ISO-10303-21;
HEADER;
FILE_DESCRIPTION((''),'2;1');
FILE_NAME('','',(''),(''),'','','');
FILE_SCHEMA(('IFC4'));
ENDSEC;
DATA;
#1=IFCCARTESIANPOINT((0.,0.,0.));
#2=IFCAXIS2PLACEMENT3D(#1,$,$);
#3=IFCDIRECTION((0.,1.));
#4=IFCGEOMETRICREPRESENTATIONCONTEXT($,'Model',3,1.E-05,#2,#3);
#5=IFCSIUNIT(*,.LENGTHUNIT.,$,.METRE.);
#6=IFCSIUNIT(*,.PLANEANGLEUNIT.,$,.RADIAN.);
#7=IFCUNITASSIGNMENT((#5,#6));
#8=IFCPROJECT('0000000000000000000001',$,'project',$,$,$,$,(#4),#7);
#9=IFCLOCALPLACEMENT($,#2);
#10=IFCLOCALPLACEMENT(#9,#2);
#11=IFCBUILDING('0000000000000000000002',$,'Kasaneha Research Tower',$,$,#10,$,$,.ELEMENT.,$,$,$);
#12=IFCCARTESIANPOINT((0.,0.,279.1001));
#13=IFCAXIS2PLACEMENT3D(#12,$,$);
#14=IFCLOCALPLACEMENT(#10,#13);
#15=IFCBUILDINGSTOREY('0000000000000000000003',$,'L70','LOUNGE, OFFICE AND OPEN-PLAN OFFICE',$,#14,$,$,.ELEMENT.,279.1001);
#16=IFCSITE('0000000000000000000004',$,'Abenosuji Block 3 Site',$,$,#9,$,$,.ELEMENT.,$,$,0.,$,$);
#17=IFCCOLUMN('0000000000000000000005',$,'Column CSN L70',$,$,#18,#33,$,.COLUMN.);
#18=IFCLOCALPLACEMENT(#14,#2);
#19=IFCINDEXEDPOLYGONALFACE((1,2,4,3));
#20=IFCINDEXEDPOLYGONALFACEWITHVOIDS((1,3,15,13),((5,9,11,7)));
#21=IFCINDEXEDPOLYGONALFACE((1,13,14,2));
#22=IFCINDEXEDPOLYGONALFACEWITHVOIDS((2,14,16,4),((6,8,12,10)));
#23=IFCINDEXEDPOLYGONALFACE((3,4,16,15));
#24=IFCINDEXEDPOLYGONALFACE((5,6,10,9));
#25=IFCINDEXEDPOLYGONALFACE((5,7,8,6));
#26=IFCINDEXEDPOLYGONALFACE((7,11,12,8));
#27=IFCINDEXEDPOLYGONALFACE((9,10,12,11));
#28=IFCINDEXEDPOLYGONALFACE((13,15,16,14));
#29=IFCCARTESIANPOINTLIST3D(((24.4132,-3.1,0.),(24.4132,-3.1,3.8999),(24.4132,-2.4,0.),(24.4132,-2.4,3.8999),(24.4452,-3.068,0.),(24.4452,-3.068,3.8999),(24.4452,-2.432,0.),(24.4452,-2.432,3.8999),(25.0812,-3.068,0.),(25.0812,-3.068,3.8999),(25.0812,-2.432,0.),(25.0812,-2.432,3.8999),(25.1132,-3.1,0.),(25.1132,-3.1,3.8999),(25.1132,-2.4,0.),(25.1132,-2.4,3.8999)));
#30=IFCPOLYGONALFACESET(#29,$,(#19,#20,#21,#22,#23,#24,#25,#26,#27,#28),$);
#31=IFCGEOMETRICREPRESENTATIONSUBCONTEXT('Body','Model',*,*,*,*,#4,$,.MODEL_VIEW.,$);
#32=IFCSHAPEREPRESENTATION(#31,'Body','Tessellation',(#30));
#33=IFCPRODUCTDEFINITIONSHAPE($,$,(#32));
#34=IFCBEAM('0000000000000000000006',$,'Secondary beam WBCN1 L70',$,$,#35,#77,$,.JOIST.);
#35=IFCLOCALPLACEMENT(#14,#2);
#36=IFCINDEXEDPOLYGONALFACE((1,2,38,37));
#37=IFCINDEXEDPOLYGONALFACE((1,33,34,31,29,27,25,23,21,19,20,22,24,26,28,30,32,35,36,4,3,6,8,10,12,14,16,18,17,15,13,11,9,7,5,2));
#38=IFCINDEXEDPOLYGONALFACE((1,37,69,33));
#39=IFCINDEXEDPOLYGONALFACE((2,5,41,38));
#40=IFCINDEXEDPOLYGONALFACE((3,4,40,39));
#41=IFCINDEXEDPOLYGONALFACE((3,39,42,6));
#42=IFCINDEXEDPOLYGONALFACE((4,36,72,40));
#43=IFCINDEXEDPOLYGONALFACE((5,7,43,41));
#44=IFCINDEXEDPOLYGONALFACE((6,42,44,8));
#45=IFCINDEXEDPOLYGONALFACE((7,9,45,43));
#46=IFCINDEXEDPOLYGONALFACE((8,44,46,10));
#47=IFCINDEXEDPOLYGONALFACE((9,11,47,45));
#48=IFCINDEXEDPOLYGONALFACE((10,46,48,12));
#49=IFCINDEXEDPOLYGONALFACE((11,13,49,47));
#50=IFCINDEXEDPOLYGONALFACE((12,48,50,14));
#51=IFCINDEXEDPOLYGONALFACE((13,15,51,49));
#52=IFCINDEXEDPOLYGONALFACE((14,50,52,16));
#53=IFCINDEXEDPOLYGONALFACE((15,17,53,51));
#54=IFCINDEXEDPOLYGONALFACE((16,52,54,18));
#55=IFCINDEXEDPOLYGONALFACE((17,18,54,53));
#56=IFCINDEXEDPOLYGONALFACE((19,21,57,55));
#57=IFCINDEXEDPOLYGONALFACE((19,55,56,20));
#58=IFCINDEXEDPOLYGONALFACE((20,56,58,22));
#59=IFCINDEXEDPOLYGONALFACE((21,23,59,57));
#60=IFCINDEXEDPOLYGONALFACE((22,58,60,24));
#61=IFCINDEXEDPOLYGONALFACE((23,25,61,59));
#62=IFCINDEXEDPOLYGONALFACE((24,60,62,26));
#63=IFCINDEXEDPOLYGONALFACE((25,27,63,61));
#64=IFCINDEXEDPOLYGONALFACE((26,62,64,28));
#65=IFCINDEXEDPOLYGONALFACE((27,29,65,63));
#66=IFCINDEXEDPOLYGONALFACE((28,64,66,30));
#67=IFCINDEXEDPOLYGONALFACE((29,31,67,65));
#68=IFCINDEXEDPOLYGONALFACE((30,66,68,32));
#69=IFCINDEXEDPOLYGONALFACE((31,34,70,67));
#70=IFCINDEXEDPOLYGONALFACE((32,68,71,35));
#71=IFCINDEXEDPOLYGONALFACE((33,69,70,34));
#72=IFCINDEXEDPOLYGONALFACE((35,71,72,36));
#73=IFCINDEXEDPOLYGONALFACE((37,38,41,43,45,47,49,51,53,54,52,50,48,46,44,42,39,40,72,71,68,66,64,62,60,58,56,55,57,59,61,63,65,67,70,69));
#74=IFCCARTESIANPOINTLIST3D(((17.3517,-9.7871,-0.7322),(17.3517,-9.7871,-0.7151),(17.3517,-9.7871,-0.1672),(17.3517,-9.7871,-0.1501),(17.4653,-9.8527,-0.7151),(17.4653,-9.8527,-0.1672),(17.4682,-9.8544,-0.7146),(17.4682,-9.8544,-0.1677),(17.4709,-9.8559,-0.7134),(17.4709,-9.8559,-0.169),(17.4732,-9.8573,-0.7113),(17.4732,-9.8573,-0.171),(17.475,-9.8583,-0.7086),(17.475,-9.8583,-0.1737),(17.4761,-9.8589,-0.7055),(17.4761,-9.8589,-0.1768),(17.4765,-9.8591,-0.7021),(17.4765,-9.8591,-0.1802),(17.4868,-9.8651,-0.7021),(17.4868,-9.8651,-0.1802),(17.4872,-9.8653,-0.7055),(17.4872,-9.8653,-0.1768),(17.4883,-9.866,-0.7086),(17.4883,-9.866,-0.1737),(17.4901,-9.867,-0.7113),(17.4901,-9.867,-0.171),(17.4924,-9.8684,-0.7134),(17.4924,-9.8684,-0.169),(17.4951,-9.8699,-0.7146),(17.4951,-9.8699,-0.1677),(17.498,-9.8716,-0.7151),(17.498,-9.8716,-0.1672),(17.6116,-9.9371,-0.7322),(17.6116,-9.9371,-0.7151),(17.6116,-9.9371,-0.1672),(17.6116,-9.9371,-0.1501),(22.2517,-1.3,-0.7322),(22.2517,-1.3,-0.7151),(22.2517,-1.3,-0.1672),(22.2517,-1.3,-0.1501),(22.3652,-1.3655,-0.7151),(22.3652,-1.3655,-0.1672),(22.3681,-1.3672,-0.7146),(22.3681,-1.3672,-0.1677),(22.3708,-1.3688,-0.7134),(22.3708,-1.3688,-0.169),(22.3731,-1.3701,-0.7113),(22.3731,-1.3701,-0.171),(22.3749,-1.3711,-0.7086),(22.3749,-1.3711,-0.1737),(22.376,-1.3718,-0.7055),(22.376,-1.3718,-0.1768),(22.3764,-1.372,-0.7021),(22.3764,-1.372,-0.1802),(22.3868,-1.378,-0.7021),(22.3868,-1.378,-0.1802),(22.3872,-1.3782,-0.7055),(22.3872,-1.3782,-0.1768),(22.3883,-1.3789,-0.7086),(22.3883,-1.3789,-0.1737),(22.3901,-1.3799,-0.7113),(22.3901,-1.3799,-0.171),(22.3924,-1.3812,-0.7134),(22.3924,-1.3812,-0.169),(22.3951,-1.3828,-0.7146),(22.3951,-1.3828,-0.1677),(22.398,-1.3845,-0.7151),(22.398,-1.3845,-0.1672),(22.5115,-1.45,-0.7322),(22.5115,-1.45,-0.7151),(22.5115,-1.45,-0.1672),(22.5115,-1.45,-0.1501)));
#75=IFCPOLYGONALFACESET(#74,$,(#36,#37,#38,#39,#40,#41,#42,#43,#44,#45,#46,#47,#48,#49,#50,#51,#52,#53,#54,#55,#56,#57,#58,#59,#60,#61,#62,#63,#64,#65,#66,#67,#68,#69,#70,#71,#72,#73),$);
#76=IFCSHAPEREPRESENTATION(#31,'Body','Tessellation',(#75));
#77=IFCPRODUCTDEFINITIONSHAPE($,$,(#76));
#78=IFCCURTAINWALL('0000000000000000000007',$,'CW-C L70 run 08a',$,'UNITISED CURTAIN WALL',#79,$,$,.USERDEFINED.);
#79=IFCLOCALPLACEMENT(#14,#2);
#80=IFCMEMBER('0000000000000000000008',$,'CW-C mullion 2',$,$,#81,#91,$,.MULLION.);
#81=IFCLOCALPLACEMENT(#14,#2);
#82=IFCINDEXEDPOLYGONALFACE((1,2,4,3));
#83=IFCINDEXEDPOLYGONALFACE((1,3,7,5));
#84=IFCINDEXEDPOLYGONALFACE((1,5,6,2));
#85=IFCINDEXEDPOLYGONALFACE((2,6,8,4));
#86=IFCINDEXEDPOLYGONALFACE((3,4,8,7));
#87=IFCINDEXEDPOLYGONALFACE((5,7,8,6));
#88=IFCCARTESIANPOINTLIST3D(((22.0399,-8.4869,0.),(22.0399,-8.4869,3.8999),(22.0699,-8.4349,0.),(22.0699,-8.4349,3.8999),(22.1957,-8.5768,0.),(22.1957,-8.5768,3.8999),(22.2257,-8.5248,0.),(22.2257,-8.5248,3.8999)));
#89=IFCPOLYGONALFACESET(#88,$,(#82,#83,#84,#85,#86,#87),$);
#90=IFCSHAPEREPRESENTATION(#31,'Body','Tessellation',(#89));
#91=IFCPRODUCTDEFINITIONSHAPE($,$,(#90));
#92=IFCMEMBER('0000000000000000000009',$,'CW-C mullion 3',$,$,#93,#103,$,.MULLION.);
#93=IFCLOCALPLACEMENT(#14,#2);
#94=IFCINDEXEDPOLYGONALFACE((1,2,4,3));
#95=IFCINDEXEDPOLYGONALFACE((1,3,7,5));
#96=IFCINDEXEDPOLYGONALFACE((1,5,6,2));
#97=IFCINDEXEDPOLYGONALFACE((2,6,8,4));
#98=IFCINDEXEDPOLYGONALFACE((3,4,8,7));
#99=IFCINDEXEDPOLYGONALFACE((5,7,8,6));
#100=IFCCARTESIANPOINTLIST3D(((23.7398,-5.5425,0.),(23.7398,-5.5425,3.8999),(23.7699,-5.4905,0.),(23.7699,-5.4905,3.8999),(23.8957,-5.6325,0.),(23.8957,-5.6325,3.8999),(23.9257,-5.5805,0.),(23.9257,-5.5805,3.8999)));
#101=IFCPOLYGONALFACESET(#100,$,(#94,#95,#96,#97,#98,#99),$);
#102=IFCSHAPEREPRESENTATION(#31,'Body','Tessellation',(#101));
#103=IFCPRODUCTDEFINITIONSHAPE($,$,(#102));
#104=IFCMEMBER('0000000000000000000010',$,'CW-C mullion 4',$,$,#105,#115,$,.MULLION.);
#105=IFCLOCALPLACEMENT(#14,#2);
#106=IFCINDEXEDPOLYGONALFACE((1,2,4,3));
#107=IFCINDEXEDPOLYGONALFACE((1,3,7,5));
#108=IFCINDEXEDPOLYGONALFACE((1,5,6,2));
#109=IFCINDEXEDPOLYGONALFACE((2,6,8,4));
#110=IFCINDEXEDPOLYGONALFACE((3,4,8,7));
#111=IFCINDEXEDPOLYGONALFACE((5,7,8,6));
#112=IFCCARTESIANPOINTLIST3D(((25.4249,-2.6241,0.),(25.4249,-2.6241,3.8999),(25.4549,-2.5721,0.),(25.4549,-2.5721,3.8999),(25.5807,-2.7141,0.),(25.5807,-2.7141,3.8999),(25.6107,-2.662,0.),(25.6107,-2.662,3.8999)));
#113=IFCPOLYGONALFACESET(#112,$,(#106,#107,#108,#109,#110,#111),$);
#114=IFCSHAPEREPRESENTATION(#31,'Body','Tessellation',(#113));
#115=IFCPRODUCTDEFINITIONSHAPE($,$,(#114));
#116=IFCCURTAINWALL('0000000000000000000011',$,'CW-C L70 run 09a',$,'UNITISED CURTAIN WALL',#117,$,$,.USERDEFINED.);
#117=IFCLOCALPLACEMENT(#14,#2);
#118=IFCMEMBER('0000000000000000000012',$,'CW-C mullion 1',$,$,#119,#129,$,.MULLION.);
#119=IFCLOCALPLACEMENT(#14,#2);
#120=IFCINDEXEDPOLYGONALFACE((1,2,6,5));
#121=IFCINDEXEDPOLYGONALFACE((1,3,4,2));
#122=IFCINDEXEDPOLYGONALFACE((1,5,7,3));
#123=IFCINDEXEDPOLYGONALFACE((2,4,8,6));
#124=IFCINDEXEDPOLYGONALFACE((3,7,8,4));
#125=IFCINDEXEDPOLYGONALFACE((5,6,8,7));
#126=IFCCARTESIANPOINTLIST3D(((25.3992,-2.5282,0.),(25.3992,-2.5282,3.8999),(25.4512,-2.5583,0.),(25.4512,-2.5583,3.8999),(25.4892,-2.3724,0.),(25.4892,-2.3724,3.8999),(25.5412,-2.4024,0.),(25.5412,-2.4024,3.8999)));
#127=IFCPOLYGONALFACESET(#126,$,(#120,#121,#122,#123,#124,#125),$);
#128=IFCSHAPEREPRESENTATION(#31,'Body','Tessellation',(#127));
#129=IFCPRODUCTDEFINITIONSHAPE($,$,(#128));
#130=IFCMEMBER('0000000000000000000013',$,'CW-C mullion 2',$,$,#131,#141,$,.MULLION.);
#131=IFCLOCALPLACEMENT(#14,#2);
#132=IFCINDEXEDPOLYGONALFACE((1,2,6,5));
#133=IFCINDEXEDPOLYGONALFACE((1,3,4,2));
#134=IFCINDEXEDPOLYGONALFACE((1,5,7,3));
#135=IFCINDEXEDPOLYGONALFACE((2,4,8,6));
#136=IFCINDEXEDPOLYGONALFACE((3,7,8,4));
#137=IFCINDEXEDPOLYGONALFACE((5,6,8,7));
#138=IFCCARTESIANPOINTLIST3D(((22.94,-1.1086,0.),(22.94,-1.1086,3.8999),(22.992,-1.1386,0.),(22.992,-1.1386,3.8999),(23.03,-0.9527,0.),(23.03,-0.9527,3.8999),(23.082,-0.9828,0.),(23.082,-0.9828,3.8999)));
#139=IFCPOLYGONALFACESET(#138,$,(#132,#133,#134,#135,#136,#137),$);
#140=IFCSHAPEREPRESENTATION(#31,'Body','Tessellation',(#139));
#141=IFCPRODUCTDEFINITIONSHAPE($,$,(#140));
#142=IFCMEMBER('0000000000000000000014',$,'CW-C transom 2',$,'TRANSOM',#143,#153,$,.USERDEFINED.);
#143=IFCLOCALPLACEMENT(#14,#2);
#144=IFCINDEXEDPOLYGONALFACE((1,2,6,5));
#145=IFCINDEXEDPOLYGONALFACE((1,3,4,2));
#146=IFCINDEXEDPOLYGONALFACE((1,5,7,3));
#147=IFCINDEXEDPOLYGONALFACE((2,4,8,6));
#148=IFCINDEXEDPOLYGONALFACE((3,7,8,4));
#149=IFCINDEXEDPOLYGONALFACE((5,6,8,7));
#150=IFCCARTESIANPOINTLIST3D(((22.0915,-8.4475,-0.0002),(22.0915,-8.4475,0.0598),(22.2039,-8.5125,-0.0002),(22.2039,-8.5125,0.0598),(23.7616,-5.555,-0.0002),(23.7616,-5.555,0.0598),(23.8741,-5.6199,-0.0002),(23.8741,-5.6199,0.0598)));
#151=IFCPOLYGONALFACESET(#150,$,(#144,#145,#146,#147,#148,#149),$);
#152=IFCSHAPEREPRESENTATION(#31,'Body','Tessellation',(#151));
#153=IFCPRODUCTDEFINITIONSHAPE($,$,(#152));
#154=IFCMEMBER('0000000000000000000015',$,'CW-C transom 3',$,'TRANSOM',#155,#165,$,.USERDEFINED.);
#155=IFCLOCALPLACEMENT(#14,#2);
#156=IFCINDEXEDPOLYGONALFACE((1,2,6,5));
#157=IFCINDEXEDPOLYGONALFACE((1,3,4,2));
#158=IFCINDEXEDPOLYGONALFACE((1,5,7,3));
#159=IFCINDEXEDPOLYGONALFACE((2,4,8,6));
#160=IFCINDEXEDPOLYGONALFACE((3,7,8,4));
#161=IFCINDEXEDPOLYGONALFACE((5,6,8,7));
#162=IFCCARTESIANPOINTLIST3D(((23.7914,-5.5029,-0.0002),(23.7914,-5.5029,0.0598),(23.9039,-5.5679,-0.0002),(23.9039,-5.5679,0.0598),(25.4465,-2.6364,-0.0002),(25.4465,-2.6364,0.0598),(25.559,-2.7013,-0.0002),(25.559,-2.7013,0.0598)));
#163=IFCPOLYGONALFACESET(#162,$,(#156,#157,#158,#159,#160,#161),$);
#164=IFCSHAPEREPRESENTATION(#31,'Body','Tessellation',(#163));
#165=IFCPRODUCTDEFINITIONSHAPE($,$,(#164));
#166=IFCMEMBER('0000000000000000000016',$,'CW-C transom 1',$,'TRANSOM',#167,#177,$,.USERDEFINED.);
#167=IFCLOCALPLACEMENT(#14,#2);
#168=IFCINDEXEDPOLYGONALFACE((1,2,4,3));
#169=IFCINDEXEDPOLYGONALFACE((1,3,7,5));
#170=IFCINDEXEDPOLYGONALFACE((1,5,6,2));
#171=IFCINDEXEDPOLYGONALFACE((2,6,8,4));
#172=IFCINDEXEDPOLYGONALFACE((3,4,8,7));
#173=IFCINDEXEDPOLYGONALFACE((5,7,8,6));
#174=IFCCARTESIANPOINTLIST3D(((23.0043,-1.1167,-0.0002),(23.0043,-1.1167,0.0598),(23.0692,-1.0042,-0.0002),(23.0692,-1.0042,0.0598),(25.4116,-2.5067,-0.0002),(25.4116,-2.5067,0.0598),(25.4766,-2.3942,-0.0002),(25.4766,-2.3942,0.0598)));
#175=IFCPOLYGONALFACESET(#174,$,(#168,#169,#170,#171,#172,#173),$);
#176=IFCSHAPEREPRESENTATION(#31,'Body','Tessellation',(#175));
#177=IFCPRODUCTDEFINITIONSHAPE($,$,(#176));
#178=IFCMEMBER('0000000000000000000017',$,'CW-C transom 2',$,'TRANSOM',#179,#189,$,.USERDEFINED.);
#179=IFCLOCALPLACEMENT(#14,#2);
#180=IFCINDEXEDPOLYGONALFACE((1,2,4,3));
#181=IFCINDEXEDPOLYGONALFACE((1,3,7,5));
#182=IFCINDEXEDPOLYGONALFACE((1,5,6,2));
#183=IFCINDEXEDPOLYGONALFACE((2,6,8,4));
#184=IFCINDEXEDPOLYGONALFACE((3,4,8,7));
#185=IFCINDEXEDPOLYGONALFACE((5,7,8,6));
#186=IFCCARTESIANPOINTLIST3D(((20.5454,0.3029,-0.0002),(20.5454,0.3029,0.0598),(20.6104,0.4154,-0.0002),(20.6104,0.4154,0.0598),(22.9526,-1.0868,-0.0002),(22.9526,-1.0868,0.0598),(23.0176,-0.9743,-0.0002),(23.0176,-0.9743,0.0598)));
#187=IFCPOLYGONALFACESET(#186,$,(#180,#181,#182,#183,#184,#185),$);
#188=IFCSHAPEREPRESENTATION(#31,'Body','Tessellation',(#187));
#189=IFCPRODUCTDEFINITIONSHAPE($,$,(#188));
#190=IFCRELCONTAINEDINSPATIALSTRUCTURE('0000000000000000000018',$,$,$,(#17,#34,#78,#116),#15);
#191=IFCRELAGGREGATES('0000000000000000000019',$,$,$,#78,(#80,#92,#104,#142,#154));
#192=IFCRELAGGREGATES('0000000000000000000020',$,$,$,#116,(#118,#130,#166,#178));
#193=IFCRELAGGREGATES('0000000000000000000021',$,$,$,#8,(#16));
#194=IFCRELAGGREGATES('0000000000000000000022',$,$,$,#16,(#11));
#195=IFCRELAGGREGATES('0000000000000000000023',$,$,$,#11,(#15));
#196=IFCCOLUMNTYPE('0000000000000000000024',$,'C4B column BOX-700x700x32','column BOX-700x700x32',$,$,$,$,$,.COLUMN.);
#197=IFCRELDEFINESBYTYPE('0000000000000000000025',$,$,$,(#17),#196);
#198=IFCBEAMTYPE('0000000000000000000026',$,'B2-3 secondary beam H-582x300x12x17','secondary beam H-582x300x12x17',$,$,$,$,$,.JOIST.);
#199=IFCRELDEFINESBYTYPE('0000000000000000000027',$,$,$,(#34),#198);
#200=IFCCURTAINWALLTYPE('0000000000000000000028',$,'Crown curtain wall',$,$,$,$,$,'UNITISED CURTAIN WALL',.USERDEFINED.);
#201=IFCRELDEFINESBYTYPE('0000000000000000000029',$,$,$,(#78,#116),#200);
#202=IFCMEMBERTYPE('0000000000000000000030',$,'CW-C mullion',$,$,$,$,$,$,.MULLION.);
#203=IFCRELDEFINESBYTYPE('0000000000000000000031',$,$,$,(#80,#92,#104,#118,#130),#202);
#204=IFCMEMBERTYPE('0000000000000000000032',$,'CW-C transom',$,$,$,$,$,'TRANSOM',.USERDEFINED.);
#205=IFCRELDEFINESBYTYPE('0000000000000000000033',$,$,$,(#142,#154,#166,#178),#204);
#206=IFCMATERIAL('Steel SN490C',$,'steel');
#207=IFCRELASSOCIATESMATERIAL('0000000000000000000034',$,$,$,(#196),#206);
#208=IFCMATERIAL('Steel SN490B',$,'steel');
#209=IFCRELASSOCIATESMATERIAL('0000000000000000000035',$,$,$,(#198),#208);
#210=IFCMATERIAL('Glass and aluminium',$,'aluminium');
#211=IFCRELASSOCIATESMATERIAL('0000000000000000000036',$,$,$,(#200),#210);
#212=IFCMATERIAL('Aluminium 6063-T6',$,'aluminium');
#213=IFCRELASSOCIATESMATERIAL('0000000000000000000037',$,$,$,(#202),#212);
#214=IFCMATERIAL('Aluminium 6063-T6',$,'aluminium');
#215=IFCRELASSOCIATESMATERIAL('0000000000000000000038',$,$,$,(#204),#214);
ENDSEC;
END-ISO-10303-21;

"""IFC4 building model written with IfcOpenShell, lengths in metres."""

from ifc_helpers import new_model, si_unit, direction, frame, origin, origin_2d, place, context, subcontext, project, spatial, rectangle, hollow_rectangle, i_section, extrude, material, material_profile, profile_set, type_object, element, aggregate, save


model = new_model("IFC4")

# Units and contexts
model_context = context("Model", 3, precision=1e-05, world=origin(), true_north=direction((0.0, 1.0)))
body_context = subcontext(model_context, "Body", "Model", "MODEL_VIEW")
ifc_project = project(units=[si_unit("LENGTHUNIT", "METRE"), si_unit("PLANEANGLEUNIT", "RADIAN")], contexts=[model_context])

# Site, building, storey
site_placement = place(None, origin())
site = spatial("IfcSite", under=ifc_project, at=site_placement, Name="Abenosuji Block 3 Site", CompositionType="ELEMENT", RefElevation=0.0)
building_placement = place(site_placement, origin())
building = spatial("IfcBuilding", under=site, at=building_placement, Name="Kasaneha Research Tower", CompositionType="ELEMENT")
storey_placement = place(building_placement, frame((0.0, 0.0, 279.1001)))
storey = spatial("IfcBuildingStorey", under=building, at=storey_placement, Name="L70", Description="LOUNGE, OFFICE AND OPEN-PLAN OFFICE", CompositionType="ELEMENT", Elevation=279.1001)

# Column
ifc_material_1 = material(Name="Steel SN490C", Category="steel")
ifc_material_profile_1 = material_profile(ifc_material_1, hollow_rectangle(XDim=0.7, YDim=0.7, WallThickness=0.032, at=origin_2d()), Name="BOX-700x700x32")
ifc_profile_set_1 = profile_set([ifc_material_profile_1], Name="Steel SN490C")
column_type = type_object("IfcColumnType", Name="C4B column BOX-700x700x32", Description="column BOX-700x700x32", PredefinedType="COLUMN", material=ifc_profile_set_1)
column_placement = place(storey_placement, frame((24.7632, -2.75, 0.0), z_axis=(0.0, 0.0, 1.0), x_axis=(1.0, 0.0, 0.0)))
element("IfcColumn", 1, at=column_placement, inside=storey, type_object=column_type, Name="Column CSN L70", PredefinedType="COLUMN", context=body_context, shape_type="SweptSolid", body=[
    extrude(hollow_rectangle(XDim=0.7, YDim=0.7, WallThickness=0.032, at=origin_2d()), origin(), (0.0, 0.0, 1.0), 3.8999),
])

# Beam
ifc_material_2 = material(Name="Steel SN490B", Category="steel")
ifc_material_profile_2 = material_profile(ifc_material_2, i_section(OverallWidth=0.3, OverallDepth=0.582, WebThickness=0.012, FlangeThickness=0.0171, FilletRadius=0.0129, at=origin_2d()), Name="H-582x300x12x17")
ifc_profile_set_2 = profile_set([ifc_material_profile_2], Name="Steel SN490B")
beam_type_1 = type_object("IfcBeamType", Name="B2-3 secondary beam H-582x300x12x17", Description="secondary beam H-582x300x12x17", PredefinedType="JOIST", material=ifc_profile_set_2)
beam_1_placement = place(storey_placement, frame((22.3816, -1.375, -0.4412), z_axis=(-0.499992, -0.86603, 0.0), x_axis=(0.86603, -0.499992, 0.0)))
element("IfcBeam", 2, at=beam_1_placement, inside=storey, type_object=beam_type_1, Name="Secondary beam WBCN1 L70", PredefinedType="JOIST", context=body_context, shape_type="SweptSolid", body=[
    extrude(i_section(OverallWidth=0.3, OverallDepth=0.582, WebThickness=0.012, FlangeThickness=0.0171, FilletRadius=0.0129, at=origin_2d()), origin(), (0.0, 0.0, 1.0), 9.8),
])

# Curtain walls, members
ifc_material_3 = material(Name="Glass and aluminium", Category="aluminium")
curtain_wall_type = type_object("IfcCurtainWallType", Name="Crown curtain wall", ElementType="UNITISED CURTAIN WALL", PredefinedType="USERDEFINED", material=ifc_material_3)
curtain_wall_1_placement = place(storey_placement, origin())
curtain_wall_1 = element("IfcCurtainWall", 3, at=curtain_wall_1_placement, inside=storey, type_object=curtain_wall_type, Name="CW-C L70 run 08a", ObjectType="UNITISED CURTAIN WALL", PredefinedType="USERDEFINED")
ifc_material_4 = material(Name="Aluminium 6063-T6", Category="aluminium")
ifc_material_profile_3 = material_profile(ifc_material_4, rectangle(XDim=0.0601, YDim=0.1799, at=origin_2d()), Name="CW-C mullion 60x180")
ifc_profile_set_3 = profile_set([ifc_material_profile_3], Name="Aluminium 6063-T6")
member_type_1 = type_object("IfcMemberType", Name="CW-C mullion", PredefinedType="MULLION", material=ifc_profile_set_3)
member_1_placement = place(storey_placement, frame((22.1328, -8.5059, 0.0), z_axis=(0.0, 0.0, 1.0), x_axis=(0.5, 0.866025, 0.0)))
member_1 = element("IfcMember", 4, at=member_1_placement, type_object=member_type_1, Name="CW-C mullion 2", PredefinedType="MULLION", context=body_context, shape_type="SweptSolid", body=[
    extrude(rectangle(XDim=0.0601, YDim=0.1799, at=origin_2d()), origin(), (0.0, 0.0, 1.0), 3.8999),
])
member_2_placement = place(storey_placement, frame((23.8328, -5.5615, 0.0), z_axis=(0.0, 0.0, 1.0), x_axis=(0.5, 0.866025, 0.0)))
member_2 = element("IfcMember", 5, at=member_2_placement, type_object=member_type_1, Name="CW-C mullion 3", PredefinedType="MULLION", context=body_context, shape_type="SweptSolid", body=[
    extrude(rectangle(XDim=0.0601, YDim=0.1799, at=origin_2d()), origin(), (0.0, 0.0, 1.0), 3.8999),
])
member_3_placement = place(storey_placement, frame((25.5178, -2.6431, 0.0), z_axis=(0.0, 0.0, 1.0), x_axis=(0.5, 0.866025, 0.0)))
member_3 = element("IfcMember", 6, at=member_3_placement, type_object=member_type_1, Name="CW-C mullion 4", PredefinedType="MULLION", context=body_context, shape_type="SweptSolid", body=[
    extrude(rectangle(XDim=0.0601, YDim=0.1799, at=origin_2d()), origin(), (0.0, 0.0, 1.0), 3.8999),
])
curtain_wall_2_placement = place(storey_placement, origin())
curtain_wall_2 = element("IfcCurtainWall", 7, at=curtain_wall_2_placement, inside=storey, type_object=curtain_wall_type, Name="CW-C L70 run 09a", ObjectType="UNITISED CURTAIN WALL", PredefinedType="USERDEFINED")
member_4_placement = place(storey_placement, frame((25.4702, -2.4653, 0.0), z_axis=(0.0, 0.0, 1.0), x_axis=(-0.866025, 0.5, 0.0)))
member_4 = element("IfcMember", 8, at=member_4_placement, type_object=member_type_1, Name="CW-C mullion 1", PredefinedType="MULLION", context=body_context, shape_type="SweptSolid", body=[
    extrude(rectangle(XDim=0.0601, YDim=0.1799, at=origin_2d()), origin(), (0.0, 0.0, 1.0), 3.8999),
])
member_5_placement = place(storey_placement, frame((23.011, -1.0457, 0.0), z_axis=(0.0, 0.0, 1.0), x_axis=(-0.866025, 0.5, 0.0)))
member_5 = element("IfcMember", 9, at=member_5_placement, type_object=member_type_1, Name="CW-C mullion 2", PredefinedType="MULLION", context=body_context, shape_type="SweptSolid", body=[
    extrude(rectangle(XDim=0.0601, YDim=0.1799, at=origin_2d()), origin(), (0.0, 0.0, 1.0), 3.8999),
])

# Members
ifc_material_5 = material(Name="Aluminium 6063-T6", Category="aluminium")
ifc_material_profile_4 = material_profile(ifc_material_5, rectangle(XDim=0.1299, YDim=0.0601, at=origin_2d()), Name="CW-C transom 130x60")
ifc_profile_set_4 = profile_set([ifc_material_profile_4], Name="Aluminium 6063-T6")
member_type_2 = type_object("IfcMemberType", Name="CW-C transom", ElementType="TRANSOM", PredefinedType="USERDEFINED", material=ifc_profile_set_4)
member_6_placement = place(storey_placement, frame((22.1477, -8.48, 0.0298), z_axis=(0.50003, 0.866008, 0.0), x_axis=(-0.866008, 0.50003, 0.0)))
member_6 = element("IfcMember", 10, at=member_6_placement, type_object=member_type_2, Name="CW-C transom 2", ObjectType="TRANSOM", PredefinedType="USERDEFINED", context=body_context, shape_type="SweptSolid", body=[
    extrude(rectangle(XDim=0.1299, YDim=0.0601, at=origin_2d()), origin(), (0.0, 0.0, 1.0), 3.3401),
])
member_7_placement = place(storey_placement, frame((23.8477, -5.5354, 0.0298), z_axis=(0.500018, 0.866015, 0.0), x_axis=(-0.866015, 0.500018, 0.0)))
member_7 = element("IfcMember", 11, at=member_7_placement, type_object=member_type_2, Name="CW-C transom 3", ObjectType="TRANSOM", PredefinedType="USERDEFINED", context=body_context, shape_type="SweptSolid", body=[
    extrude(rectangle(XDim=0.1299, YDim=0.0601, at=origin_2d()), origin(), (0.0, 0.0, 1.0), 3.3101),
])
member_8_placement = place(storey_placement, frame((25.4441, -2.4504, 0.0298), z_axis=(-0.866013, 0.500021, 0.0), x_axis=(-0.500021, -0.866013, 0.0)))
member_8 = element("IfcMember", 12, at=member_8_placement, type_object=member_type_2, Name="CW-C transom 1", ObjectType="TRANSOM", PredefinedType="USERDEFINED", context=body_context, shape_type="SweptSolid", body=[
    extrude(rectangle(XDim=0.1299, YDim=0.0601, at=origin_2d()), origin(), (0.0, 0.0, 1.0), 2.7798),
])
member_9_placement = place(storey_placement, frame((22.9851, -1.0305, 0.0298), z_axis=(-0.866051, 0.499956, 0.0), x_axis=(-0.499956, -0.866051, 0.0)))
member_9 = element("IfcMember", 13, at=member_9_placement, type_object=member_type_2, Name="CW-C transom 2", ObjectType="TRANSOM", PredefinedType="USERDEFINED", context=body_context, shape_type="SweptSolid", body=[
    extrude(rectangle(XDim=0.1299, YDim=0.0601, at=origin_2d()), origin(), (0.0, 0.0, 1.0), 2.7795),
])

aggregate(curtain_wall_1, [member_1, member_2, member_3, member_6, member_7])
aggregate(curtain_wall_2, [member_4, member_5, member_8, member_9])

save(model, "model.ifc")
